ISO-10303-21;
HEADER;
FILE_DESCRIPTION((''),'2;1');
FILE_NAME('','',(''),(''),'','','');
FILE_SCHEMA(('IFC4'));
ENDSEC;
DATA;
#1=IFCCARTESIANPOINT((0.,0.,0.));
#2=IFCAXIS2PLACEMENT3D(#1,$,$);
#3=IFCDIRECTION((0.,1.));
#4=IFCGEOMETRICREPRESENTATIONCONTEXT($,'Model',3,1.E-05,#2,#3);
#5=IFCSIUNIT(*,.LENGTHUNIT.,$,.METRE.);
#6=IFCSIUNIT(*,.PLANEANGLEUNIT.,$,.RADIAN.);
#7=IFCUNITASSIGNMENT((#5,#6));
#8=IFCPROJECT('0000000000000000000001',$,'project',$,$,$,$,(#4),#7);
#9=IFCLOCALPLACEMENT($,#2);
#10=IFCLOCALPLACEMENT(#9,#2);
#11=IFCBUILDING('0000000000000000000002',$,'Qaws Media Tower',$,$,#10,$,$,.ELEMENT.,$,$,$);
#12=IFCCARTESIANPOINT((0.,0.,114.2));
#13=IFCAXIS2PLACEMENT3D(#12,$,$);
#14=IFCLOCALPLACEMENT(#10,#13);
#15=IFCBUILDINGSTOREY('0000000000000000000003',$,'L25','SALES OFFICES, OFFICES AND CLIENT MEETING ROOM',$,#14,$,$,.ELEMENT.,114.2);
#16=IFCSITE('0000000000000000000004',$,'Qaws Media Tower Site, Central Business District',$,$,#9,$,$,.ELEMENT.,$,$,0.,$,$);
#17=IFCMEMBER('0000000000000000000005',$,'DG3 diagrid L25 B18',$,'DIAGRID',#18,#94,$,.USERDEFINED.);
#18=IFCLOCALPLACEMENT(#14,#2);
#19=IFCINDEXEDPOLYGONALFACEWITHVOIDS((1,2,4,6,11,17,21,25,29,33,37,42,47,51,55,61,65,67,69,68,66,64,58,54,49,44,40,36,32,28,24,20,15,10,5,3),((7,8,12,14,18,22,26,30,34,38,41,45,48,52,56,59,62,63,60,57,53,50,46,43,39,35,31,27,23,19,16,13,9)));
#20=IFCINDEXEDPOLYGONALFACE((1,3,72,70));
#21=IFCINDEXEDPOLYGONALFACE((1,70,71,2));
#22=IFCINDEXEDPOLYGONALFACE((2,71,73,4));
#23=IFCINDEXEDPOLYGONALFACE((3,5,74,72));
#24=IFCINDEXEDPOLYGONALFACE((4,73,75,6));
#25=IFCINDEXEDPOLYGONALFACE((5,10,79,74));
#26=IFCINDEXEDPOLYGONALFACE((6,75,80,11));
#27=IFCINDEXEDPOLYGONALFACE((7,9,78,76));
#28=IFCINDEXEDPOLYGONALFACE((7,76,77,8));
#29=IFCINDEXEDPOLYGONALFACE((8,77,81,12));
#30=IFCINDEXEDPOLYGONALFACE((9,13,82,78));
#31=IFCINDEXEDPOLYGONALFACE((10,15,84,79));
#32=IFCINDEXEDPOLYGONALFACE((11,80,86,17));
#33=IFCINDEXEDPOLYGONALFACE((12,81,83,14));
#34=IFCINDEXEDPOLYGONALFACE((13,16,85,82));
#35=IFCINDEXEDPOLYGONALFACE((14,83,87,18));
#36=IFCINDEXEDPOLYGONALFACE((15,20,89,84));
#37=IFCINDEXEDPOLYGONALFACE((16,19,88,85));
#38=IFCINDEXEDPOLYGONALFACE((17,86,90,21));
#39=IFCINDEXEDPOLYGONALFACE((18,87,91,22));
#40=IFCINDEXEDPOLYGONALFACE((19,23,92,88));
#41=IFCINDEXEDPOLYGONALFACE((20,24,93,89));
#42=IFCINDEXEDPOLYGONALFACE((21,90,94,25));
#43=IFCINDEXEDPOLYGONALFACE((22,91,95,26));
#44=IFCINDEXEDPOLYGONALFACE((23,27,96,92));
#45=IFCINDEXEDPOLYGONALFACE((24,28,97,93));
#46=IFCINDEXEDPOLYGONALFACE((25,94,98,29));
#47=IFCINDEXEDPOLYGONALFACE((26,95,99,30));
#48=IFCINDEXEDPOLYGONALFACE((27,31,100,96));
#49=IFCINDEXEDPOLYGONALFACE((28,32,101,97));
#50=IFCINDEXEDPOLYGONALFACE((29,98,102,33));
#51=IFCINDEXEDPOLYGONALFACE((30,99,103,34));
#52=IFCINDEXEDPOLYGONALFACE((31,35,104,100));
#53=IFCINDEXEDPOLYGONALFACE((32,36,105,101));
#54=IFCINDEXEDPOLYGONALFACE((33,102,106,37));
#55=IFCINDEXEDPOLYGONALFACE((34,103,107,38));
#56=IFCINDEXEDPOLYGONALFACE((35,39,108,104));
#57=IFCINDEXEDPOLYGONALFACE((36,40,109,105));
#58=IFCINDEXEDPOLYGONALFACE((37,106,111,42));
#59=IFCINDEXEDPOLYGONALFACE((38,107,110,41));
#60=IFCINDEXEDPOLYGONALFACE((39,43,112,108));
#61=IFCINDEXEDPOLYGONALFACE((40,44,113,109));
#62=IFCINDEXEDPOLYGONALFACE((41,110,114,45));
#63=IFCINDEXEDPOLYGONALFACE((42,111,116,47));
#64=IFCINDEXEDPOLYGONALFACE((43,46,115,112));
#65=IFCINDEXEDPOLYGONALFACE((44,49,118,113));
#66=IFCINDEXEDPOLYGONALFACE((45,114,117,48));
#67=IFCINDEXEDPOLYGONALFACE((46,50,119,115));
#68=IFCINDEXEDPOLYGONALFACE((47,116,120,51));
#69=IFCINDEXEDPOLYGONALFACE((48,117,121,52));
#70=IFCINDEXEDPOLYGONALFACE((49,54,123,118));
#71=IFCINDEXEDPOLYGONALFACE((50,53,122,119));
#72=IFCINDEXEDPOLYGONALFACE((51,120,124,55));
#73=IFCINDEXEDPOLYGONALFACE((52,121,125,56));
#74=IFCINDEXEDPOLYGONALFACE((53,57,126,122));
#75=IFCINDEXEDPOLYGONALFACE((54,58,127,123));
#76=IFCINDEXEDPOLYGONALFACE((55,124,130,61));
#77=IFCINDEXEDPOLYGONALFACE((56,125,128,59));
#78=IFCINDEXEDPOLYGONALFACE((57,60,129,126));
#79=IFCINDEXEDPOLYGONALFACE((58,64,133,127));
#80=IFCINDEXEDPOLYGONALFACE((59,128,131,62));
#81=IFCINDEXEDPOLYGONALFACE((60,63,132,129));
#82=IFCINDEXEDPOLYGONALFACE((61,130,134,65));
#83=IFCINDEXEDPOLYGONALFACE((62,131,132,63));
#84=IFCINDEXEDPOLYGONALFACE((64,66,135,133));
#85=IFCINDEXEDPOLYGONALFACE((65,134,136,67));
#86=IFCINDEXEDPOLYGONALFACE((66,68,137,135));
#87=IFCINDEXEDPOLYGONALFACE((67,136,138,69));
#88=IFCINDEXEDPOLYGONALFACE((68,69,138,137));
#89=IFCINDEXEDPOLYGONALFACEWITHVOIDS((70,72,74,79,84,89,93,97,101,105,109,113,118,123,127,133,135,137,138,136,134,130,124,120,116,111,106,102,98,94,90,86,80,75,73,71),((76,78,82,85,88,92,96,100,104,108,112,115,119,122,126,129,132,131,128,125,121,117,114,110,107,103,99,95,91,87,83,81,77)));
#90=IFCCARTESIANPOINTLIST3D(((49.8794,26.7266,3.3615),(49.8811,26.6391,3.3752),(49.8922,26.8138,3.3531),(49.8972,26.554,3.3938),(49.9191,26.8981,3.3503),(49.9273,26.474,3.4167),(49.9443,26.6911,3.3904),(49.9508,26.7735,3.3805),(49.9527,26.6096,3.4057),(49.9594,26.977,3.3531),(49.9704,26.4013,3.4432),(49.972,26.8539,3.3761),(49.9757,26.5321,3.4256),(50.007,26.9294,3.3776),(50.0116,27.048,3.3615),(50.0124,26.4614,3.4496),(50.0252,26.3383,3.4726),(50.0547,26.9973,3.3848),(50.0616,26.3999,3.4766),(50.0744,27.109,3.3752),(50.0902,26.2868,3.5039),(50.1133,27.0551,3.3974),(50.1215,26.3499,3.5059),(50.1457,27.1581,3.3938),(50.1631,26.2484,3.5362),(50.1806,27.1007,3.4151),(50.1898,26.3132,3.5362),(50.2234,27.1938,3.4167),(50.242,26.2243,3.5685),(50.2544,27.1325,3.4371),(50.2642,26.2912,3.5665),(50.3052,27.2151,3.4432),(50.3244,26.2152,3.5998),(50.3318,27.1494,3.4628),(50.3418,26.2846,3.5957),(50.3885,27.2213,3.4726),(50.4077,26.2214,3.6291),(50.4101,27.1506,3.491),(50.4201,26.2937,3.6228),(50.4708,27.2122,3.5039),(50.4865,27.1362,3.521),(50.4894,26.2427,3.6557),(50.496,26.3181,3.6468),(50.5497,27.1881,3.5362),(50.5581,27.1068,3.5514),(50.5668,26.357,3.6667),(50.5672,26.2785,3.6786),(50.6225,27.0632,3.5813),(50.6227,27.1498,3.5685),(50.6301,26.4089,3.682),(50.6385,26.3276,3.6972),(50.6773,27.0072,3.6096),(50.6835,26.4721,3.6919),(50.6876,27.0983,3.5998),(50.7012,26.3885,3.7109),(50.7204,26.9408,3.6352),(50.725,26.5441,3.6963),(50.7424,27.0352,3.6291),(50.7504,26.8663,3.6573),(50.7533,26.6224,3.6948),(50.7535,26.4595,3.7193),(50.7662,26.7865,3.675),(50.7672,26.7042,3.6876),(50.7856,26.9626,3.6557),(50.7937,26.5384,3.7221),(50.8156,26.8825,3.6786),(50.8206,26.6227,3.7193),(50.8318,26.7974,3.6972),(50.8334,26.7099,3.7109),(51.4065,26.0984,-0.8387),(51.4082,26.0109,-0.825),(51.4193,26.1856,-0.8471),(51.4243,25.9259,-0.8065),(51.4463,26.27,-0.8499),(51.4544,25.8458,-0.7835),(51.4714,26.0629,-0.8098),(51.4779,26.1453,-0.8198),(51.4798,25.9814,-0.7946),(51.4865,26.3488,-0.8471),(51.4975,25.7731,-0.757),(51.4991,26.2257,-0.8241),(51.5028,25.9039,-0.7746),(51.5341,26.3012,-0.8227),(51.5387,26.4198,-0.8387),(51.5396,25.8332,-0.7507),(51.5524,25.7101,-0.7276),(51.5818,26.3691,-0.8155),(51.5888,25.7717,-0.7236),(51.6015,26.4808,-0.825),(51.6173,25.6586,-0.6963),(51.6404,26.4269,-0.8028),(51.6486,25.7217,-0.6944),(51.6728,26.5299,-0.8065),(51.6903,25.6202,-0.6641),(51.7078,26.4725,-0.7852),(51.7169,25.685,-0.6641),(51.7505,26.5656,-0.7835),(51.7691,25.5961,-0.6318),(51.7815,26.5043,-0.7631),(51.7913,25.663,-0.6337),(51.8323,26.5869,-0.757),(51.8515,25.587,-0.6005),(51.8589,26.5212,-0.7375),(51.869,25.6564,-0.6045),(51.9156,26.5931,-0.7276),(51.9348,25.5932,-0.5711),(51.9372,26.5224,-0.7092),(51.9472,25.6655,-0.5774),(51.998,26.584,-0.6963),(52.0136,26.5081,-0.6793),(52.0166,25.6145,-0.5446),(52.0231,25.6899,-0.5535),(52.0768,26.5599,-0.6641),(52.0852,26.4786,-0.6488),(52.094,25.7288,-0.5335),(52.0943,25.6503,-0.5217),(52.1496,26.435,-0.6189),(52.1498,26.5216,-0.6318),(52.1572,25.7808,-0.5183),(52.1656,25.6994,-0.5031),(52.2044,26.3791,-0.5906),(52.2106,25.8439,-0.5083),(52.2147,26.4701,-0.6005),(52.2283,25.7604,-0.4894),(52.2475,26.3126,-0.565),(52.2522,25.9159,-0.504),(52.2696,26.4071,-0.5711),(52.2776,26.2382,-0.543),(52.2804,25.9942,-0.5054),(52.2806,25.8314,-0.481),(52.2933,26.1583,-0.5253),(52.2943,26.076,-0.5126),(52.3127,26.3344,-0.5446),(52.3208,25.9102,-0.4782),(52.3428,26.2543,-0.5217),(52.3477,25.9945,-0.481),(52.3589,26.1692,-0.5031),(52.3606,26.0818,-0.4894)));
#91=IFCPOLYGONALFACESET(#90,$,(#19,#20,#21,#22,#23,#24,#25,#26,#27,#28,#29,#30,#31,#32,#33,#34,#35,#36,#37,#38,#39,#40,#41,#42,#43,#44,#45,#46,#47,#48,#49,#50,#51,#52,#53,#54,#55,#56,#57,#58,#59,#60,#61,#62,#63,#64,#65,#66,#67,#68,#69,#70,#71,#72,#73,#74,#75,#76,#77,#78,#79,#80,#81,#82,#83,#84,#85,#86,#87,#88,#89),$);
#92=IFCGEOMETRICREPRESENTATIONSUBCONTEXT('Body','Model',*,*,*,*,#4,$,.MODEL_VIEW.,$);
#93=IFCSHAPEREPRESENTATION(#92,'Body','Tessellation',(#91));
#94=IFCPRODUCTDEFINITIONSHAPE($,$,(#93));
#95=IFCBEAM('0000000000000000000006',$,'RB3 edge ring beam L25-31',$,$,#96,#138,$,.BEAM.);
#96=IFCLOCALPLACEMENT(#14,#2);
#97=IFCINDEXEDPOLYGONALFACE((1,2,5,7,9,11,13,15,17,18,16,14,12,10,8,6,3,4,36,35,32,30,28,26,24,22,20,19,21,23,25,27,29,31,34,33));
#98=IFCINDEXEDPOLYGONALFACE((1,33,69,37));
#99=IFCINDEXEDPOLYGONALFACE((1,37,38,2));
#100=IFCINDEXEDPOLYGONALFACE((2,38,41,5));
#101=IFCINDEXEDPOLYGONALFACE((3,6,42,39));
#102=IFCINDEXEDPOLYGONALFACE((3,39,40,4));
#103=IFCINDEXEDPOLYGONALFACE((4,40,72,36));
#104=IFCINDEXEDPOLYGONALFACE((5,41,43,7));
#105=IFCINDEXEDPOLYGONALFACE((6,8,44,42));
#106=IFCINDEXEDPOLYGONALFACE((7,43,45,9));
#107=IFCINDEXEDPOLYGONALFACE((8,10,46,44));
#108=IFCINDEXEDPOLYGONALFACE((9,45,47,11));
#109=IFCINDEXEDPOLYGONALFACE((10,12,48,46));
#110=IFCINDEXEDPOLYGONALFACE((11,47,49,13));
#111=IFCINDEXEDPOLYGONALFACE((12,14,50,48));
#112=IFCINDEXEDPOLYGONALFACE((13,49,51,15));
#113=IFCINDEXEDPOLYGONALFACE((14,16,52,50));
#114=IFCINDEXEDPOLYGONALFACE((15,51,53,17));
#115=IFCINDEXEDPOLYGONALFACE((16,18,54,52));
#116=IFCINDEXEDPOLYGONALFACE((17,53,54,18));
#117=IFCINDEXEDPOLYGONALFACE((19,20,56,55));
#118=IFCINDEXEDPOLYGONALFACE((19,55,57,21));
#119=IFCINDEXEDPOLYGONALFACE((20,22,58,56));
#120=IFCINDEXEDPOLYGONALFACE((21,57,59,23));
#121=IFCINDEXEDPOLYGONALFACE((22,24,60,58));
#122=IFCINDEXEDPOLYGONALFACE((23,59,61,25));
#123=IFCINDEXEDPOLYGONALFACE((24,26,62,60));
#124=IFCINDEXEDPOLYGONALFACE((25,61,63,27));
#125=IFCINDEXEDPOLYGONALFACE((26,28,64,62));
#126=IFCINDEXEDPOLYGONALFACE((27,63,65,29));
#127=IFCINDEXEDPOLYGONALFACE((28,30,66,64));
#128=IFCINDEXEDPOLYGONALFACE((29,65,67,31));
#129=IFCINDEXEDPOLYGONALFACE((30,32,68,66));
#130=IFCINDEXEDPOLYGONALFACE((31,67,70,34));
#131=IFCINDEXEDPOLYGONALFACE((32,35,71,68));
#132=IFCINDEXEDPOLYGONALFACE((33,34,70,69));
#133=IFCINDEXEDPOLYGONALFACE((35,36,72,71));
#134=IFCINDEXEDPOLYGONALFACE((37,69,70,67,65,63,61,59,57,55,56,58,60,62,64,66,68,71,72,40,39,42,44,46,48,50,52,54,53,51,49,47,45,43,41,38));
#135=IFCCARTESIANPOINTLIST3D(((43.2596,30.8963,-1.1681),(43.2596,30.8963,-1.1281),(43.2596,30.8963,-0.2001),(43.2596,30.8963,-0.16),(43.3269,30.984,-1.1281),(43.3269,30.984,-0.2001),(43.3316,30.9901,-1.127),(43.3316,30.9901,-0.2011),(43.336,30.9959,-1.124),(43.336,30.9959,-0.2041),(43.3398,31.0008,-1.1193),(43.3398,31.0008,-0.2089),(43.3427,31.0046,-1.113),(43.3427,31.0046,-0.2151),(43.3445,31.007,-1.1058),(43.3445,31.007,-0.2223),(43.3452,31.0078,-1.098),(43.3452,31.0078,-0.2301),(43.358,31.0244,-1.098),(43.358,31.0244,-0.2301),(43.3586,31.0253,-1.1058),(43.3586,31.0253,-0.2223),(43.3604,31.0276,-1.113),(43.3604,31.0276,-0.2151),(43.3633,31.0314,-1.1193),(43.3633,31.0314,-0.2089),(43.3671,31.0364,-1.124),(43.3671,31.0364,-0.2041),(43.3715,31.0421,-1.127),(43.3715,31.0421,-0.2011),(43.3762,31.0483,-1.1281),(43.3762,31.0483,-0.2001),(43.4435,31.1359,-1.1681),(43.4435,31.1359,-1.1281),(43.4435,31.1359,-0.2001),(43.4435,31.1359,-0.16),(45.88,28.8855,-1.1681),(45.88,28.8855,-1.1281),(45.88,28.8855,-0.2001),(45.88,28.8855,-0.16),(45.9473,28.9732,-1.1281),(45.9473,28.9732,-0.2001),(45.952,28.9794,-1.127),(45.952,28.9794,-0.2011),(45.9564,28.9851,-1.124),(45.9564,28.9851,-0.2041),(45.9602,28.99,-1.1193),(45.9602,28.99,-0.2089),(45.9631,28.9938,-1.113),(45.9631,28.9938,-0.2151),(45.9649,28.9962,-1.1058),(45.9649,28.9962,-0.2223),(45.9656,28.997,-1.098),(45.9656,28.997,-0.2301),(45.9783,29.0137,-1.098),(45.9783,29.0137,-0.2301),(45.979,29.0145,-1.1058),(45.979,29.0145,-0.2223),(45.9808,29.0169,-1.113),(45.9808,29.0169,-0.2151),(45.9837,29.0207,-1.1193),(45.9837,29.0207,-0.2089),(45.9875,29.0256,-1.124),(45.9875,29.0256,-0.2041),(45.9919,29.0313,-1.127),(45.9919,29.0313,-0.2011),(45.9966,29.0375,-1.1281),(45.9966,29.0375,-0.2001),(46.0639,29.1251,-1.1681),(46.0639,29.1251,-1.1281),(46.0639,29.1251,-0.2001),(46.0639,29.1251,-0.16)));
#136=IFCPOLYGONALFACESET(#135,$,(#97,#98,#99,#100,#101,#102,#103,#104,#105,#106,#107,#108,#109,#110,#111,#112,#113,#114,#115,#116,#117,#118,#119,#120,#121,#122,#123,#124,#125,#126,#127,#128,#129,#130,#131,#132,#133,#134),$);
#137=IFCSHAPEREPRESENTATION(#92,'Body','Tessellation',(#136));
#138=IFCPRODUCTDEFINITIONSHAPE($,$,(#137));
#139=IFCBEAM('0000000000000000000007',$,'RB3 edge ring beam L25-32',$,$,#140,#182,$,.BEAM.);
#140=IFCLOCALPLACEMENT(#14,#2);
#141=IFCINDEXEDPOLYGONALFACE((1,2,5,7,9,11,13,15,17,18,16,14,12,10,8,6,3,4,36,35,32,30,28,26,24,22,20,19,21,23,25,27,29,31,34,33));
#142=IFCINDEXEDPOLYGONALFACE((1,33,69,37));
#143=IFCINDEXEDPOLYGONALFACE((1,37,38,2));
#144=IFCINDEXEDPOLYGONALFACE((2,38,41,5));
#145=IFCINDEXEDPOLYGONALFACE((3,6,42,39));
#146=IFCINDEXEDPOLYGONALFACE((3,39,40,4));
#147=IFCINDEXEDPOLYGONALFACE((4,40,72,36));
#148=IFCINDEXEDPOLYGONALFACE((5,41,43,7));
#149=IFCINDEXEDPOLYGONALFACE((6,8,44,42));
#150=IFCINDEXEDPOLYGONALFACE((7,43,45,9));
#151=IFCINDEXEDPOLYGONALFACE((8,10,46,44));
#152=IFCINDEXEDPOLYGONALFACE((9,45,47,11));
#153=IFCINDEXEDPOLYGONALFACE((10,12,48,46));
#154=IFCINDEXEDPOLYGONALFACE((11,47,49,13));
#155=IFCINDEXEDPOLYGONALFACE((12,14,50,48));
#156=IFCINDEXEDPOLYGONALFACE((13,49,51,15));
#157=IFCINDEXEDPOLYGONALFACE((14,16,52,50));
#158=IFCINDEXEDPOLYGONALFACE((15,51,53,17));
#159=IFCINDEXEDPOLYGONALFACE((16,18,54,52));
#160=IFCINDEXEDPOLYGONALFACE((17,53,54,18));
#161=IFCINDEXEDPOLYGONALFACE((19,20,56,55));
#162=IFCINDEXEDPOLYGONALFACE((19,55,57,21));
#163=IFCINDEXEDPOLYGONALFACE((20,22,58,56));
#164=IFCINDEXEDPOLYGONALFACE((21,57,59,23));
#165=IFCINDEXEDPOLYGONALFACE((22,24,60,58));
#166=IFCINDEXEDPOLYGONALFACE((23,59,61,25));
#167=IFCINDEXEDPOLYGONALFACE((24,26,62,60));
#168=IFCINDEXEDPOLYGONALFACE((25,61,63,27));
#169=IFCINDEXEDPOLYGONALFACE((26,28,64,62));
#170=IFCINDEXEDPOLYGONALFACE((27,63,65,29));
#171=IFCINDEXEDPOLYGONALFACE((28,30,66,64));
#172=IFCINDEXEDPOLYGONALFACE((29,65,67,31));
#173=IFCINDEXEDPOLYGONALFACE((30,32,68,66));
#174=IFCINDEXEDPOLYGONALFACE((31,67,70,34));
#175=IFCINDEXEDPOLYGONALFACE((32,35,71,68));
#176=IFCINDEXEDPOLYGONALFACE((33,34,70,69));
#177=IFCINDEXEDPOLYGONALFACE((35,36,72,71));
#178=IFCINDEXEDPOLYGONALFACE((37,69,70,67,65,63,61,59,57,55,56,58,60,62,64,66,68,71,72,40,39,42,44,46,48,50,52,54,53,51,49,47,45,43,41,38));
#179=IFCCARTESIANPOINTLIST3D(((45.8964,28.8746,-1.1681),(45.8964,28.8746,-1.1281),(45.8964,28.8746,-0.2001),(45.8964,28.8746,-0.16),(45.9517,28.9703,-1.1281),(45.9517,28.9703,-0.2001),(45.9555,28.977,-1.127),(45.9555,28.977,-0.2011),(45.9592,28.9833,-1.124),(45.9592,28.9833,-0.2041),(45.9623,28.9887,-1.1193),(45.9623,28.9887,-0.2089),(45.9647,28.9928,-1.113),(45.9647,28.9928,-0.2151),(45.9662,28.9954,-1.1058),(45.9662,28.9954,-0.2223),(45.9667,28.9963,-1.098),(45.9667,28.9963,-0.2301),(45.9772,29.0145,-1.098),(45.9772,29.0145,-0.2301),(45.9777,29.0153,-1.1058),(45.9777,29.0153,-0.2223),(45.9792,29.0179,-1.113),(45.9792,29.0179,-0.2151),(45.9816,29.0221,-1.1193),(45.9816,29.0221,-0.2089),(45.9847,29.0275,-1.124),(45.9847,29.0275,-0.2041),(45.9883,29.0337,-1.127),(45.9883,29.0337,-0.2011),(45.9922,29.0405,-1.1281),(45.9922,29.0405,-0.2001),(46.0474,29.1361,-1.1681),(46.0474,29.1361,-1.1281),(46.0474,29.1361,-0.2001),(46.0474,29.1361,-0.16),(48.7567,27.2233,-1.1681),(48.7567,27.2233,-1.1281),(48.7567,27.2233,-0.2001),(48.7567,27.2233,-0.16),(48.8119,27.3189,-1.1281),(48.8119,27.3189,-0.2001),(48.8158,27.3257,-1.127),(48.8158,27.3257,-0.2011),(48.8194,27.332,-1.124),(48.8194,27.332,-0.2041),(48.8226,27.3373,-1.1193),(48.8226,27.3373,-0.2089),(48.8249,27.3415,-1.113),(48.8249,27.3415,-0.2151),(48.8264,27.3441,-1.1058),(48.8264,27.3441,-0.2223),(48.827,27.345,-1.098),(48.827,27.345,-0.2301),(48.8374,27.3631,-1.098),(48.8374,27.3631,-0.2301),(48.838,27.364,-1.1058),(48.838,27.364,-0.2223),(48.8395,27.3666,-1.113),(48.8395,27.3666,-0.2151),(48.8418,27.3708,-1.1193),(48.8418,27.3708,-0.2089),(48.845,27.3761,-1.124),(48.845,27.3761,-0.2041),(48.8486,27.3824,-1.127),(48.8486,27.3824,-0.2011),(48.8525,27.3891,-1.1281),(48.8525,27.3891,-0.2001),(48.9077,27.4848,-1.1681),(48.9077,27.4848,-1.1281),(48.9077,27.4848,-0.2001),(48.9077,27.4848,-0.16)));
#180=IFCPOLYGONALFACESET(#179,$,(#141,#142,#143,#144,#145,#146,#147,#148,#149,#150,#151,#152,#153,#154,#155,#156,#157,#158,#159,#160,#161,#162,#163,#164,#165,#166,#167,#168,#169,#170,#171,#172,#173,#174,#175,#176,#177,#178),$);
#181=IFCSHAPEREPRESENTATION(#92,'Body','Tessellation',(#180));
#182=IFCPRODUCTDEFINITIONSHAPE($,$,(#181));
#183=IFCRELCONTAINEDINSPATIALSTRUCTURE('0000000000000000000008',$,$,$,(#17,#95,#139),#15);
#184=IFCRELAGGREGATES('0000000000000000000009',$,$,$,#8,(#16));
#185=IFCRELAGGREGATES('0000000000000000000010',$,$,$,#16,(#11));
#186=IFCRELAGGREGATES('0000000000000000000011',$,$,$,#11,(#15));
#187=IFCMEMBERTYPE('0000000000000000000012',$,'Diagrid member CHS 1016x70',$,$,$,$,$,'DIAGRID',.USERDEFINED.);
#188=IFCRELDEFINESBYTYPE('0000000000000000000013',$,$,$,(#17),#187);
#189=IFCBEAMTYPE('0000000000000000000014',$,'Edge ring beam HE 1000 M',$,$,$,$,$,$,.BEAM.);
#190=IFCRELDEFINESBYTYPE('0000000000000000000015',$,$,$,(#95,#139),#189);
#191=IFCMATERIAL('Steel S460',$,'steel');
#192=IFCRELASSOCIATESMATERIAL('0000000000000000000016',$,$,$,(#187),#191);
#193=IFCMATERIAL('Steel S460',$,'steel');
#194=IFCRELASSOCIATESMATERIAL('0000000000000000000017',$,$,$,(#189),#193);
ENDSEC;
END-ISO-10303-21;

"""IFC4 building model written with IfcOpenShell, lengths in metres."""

from ifc_helpers import new_model, si_unit, direction, frame, origin, origin_2d, place, context, subcontext, project, spatial, hollow_circle, i_section, extrude, material, material_profile, profile_set, type_object, element, save


model = new_model("IFC4")

# Units and contexts
model_context = context("Model", 3, precision=1e-05, world=origin(), true_north=direction((0.0, 1.0)))
body_context = subcontext(model_context, "Body", "Model", "MODEL_VIEW")
ifc_project = project(units=[si_unit("LENGTHUNIT", "METRE"), si_unit("PLANEANGLEUNIT", "RADIAN")], contexts=[model_context])

# Site, building, storey
site_placement = place(None, origin())
site = spatial("IfcSite", under=ifc_project, at=site_placement, Name="Qaws Media Tower Site, Central Business District", CompositionType="ELEMENT", RefElevation=0.0)
building_placement = place(site_placement, origin())
building = spatial("IfcBuilding", under=site, at=building_placement, Name="Qaws Media Tower", CompositionType="ELEMENT")
storey_placement = place(building_placement, frame((0.0, 0.0, 114.2)))
storey = spatial("IfcBuildingStorey", under=building, at=storey_placement, Name="L25", Description="SALES OFFICES, OFFICES AND CLIENT MEETING ROOM", CompositionType="ELEMENT", Elevation=114.2)

# Member
ifc_material_1 = material(Name="Steel S460", Category="steel")
ifc_material_profile_1 = material_profile(ifc_material_1, hollow_circle(Radius=0.5081, WallThickness=0.0701, at=origin_2d()), Name="CHS 1016x70")
ifc_profile_set_1 = profile_set([ifc_material_profile_1], Name="Steel S460")
member_type_1 = type_object("IfcMemberType", Name="Diagrid member CHS 1016x70", ElementType="DIAGRID", PredefinedType="USERDEFINED", material=ifc_profile_set_1)
for number, where, z_axis, x_axis, name in (
    (1, (51.8835, 26.0901, -0.6641), (-0.338369, 0.139188, 0.930663), (-0.380423, -0.924813, 0.0), "DG3 diagrid L25 B18"),
):
    element("IfcMember", number, at=place(storey_placement, frame(where, z_axis=z_axis, x_axis=x_axis)), inside=storey, type_object=member_type_1, Name=name, ObjectType="DIAGRID", PredefinedType="USERDEFINED", context=body_context, shape_type="SweptSolid", body=[
        extrude(hollow_circle(Radius=0.5081, WallThickness=0.0701, at=origin_2d()), origin(), (0.0, 0.0, 1.0), 4.5132),
    ])

# Beams
ifc_material_2 = material(Name="Steel S460", Category="steel")
ifc_material_profile_2 = material_profile(ifc_material_2, i_section(OverallWidth=0.302, OverallDepth=1.0081, WebThickness=0.021, FlangeThickness=0.04, FilletRadius=0.03, at=origin_2d()), Name="HE 1000 M")
ifc_profile_set_2 = profile_set([ifc_material_profile_2], Name="Steel S460")
beam_type = type_object("IfcBeamType", Name="Edge ring beam HE 1000 M", PredefinedType="BEAM", material=ifc_profile_set_2)
beam_placement = place(storey_placement, frame((43.3516, 31.0161, -0.6641), z_axis=(0.793343, -0.608774, 0.0), x_axis=(0.608774, 0.793343, 0.0)))
element("IfcBeam", 2, at=beam_placement, inside=storey, type_object=beam_type, Name="RB3 edge ring beam L25-31", PredefinedType="BEAM", context=body_context, shape_type="SweptSolid", body=[
    extrude(i_section(OverallWidth=0.302, OverallDepth=1.0081, WebThickness=0.021, FlangeThickness=0.04, FilletRadius=0.03, at=origin_2d()), origin(), (0.0, 0.0, 1.0), 3.303),
])
for number, where, z_axis, x_axis, name in (
    (3, (45.9719, 29.0054, -0.6641), (0.866033, -0.499987, 0.0), (0.499987, 0.866033, 0.0), "RB3 edge ring beam L25-32"),
):
    element("IfcBeam", number, at=place(storey_placement, frame(where, z_axis=z_axis, x_axis=x_axis)), inside=storey, type_object=beam_type, Name=name, PredefinedType="BEAM", context=body_context, shape_type="SweptSolid", body=[
        extrude(i_section(OverallWidth=0.302, OverallDepth=1.0081, WebThickness=0.021, FlangeThickness=0.04, FilletRadius=0.03, at=origin_2d()), origin(), (0.0, 0.0, 1.0), 3.3027),
    ])

save(model, "model.ifc")
